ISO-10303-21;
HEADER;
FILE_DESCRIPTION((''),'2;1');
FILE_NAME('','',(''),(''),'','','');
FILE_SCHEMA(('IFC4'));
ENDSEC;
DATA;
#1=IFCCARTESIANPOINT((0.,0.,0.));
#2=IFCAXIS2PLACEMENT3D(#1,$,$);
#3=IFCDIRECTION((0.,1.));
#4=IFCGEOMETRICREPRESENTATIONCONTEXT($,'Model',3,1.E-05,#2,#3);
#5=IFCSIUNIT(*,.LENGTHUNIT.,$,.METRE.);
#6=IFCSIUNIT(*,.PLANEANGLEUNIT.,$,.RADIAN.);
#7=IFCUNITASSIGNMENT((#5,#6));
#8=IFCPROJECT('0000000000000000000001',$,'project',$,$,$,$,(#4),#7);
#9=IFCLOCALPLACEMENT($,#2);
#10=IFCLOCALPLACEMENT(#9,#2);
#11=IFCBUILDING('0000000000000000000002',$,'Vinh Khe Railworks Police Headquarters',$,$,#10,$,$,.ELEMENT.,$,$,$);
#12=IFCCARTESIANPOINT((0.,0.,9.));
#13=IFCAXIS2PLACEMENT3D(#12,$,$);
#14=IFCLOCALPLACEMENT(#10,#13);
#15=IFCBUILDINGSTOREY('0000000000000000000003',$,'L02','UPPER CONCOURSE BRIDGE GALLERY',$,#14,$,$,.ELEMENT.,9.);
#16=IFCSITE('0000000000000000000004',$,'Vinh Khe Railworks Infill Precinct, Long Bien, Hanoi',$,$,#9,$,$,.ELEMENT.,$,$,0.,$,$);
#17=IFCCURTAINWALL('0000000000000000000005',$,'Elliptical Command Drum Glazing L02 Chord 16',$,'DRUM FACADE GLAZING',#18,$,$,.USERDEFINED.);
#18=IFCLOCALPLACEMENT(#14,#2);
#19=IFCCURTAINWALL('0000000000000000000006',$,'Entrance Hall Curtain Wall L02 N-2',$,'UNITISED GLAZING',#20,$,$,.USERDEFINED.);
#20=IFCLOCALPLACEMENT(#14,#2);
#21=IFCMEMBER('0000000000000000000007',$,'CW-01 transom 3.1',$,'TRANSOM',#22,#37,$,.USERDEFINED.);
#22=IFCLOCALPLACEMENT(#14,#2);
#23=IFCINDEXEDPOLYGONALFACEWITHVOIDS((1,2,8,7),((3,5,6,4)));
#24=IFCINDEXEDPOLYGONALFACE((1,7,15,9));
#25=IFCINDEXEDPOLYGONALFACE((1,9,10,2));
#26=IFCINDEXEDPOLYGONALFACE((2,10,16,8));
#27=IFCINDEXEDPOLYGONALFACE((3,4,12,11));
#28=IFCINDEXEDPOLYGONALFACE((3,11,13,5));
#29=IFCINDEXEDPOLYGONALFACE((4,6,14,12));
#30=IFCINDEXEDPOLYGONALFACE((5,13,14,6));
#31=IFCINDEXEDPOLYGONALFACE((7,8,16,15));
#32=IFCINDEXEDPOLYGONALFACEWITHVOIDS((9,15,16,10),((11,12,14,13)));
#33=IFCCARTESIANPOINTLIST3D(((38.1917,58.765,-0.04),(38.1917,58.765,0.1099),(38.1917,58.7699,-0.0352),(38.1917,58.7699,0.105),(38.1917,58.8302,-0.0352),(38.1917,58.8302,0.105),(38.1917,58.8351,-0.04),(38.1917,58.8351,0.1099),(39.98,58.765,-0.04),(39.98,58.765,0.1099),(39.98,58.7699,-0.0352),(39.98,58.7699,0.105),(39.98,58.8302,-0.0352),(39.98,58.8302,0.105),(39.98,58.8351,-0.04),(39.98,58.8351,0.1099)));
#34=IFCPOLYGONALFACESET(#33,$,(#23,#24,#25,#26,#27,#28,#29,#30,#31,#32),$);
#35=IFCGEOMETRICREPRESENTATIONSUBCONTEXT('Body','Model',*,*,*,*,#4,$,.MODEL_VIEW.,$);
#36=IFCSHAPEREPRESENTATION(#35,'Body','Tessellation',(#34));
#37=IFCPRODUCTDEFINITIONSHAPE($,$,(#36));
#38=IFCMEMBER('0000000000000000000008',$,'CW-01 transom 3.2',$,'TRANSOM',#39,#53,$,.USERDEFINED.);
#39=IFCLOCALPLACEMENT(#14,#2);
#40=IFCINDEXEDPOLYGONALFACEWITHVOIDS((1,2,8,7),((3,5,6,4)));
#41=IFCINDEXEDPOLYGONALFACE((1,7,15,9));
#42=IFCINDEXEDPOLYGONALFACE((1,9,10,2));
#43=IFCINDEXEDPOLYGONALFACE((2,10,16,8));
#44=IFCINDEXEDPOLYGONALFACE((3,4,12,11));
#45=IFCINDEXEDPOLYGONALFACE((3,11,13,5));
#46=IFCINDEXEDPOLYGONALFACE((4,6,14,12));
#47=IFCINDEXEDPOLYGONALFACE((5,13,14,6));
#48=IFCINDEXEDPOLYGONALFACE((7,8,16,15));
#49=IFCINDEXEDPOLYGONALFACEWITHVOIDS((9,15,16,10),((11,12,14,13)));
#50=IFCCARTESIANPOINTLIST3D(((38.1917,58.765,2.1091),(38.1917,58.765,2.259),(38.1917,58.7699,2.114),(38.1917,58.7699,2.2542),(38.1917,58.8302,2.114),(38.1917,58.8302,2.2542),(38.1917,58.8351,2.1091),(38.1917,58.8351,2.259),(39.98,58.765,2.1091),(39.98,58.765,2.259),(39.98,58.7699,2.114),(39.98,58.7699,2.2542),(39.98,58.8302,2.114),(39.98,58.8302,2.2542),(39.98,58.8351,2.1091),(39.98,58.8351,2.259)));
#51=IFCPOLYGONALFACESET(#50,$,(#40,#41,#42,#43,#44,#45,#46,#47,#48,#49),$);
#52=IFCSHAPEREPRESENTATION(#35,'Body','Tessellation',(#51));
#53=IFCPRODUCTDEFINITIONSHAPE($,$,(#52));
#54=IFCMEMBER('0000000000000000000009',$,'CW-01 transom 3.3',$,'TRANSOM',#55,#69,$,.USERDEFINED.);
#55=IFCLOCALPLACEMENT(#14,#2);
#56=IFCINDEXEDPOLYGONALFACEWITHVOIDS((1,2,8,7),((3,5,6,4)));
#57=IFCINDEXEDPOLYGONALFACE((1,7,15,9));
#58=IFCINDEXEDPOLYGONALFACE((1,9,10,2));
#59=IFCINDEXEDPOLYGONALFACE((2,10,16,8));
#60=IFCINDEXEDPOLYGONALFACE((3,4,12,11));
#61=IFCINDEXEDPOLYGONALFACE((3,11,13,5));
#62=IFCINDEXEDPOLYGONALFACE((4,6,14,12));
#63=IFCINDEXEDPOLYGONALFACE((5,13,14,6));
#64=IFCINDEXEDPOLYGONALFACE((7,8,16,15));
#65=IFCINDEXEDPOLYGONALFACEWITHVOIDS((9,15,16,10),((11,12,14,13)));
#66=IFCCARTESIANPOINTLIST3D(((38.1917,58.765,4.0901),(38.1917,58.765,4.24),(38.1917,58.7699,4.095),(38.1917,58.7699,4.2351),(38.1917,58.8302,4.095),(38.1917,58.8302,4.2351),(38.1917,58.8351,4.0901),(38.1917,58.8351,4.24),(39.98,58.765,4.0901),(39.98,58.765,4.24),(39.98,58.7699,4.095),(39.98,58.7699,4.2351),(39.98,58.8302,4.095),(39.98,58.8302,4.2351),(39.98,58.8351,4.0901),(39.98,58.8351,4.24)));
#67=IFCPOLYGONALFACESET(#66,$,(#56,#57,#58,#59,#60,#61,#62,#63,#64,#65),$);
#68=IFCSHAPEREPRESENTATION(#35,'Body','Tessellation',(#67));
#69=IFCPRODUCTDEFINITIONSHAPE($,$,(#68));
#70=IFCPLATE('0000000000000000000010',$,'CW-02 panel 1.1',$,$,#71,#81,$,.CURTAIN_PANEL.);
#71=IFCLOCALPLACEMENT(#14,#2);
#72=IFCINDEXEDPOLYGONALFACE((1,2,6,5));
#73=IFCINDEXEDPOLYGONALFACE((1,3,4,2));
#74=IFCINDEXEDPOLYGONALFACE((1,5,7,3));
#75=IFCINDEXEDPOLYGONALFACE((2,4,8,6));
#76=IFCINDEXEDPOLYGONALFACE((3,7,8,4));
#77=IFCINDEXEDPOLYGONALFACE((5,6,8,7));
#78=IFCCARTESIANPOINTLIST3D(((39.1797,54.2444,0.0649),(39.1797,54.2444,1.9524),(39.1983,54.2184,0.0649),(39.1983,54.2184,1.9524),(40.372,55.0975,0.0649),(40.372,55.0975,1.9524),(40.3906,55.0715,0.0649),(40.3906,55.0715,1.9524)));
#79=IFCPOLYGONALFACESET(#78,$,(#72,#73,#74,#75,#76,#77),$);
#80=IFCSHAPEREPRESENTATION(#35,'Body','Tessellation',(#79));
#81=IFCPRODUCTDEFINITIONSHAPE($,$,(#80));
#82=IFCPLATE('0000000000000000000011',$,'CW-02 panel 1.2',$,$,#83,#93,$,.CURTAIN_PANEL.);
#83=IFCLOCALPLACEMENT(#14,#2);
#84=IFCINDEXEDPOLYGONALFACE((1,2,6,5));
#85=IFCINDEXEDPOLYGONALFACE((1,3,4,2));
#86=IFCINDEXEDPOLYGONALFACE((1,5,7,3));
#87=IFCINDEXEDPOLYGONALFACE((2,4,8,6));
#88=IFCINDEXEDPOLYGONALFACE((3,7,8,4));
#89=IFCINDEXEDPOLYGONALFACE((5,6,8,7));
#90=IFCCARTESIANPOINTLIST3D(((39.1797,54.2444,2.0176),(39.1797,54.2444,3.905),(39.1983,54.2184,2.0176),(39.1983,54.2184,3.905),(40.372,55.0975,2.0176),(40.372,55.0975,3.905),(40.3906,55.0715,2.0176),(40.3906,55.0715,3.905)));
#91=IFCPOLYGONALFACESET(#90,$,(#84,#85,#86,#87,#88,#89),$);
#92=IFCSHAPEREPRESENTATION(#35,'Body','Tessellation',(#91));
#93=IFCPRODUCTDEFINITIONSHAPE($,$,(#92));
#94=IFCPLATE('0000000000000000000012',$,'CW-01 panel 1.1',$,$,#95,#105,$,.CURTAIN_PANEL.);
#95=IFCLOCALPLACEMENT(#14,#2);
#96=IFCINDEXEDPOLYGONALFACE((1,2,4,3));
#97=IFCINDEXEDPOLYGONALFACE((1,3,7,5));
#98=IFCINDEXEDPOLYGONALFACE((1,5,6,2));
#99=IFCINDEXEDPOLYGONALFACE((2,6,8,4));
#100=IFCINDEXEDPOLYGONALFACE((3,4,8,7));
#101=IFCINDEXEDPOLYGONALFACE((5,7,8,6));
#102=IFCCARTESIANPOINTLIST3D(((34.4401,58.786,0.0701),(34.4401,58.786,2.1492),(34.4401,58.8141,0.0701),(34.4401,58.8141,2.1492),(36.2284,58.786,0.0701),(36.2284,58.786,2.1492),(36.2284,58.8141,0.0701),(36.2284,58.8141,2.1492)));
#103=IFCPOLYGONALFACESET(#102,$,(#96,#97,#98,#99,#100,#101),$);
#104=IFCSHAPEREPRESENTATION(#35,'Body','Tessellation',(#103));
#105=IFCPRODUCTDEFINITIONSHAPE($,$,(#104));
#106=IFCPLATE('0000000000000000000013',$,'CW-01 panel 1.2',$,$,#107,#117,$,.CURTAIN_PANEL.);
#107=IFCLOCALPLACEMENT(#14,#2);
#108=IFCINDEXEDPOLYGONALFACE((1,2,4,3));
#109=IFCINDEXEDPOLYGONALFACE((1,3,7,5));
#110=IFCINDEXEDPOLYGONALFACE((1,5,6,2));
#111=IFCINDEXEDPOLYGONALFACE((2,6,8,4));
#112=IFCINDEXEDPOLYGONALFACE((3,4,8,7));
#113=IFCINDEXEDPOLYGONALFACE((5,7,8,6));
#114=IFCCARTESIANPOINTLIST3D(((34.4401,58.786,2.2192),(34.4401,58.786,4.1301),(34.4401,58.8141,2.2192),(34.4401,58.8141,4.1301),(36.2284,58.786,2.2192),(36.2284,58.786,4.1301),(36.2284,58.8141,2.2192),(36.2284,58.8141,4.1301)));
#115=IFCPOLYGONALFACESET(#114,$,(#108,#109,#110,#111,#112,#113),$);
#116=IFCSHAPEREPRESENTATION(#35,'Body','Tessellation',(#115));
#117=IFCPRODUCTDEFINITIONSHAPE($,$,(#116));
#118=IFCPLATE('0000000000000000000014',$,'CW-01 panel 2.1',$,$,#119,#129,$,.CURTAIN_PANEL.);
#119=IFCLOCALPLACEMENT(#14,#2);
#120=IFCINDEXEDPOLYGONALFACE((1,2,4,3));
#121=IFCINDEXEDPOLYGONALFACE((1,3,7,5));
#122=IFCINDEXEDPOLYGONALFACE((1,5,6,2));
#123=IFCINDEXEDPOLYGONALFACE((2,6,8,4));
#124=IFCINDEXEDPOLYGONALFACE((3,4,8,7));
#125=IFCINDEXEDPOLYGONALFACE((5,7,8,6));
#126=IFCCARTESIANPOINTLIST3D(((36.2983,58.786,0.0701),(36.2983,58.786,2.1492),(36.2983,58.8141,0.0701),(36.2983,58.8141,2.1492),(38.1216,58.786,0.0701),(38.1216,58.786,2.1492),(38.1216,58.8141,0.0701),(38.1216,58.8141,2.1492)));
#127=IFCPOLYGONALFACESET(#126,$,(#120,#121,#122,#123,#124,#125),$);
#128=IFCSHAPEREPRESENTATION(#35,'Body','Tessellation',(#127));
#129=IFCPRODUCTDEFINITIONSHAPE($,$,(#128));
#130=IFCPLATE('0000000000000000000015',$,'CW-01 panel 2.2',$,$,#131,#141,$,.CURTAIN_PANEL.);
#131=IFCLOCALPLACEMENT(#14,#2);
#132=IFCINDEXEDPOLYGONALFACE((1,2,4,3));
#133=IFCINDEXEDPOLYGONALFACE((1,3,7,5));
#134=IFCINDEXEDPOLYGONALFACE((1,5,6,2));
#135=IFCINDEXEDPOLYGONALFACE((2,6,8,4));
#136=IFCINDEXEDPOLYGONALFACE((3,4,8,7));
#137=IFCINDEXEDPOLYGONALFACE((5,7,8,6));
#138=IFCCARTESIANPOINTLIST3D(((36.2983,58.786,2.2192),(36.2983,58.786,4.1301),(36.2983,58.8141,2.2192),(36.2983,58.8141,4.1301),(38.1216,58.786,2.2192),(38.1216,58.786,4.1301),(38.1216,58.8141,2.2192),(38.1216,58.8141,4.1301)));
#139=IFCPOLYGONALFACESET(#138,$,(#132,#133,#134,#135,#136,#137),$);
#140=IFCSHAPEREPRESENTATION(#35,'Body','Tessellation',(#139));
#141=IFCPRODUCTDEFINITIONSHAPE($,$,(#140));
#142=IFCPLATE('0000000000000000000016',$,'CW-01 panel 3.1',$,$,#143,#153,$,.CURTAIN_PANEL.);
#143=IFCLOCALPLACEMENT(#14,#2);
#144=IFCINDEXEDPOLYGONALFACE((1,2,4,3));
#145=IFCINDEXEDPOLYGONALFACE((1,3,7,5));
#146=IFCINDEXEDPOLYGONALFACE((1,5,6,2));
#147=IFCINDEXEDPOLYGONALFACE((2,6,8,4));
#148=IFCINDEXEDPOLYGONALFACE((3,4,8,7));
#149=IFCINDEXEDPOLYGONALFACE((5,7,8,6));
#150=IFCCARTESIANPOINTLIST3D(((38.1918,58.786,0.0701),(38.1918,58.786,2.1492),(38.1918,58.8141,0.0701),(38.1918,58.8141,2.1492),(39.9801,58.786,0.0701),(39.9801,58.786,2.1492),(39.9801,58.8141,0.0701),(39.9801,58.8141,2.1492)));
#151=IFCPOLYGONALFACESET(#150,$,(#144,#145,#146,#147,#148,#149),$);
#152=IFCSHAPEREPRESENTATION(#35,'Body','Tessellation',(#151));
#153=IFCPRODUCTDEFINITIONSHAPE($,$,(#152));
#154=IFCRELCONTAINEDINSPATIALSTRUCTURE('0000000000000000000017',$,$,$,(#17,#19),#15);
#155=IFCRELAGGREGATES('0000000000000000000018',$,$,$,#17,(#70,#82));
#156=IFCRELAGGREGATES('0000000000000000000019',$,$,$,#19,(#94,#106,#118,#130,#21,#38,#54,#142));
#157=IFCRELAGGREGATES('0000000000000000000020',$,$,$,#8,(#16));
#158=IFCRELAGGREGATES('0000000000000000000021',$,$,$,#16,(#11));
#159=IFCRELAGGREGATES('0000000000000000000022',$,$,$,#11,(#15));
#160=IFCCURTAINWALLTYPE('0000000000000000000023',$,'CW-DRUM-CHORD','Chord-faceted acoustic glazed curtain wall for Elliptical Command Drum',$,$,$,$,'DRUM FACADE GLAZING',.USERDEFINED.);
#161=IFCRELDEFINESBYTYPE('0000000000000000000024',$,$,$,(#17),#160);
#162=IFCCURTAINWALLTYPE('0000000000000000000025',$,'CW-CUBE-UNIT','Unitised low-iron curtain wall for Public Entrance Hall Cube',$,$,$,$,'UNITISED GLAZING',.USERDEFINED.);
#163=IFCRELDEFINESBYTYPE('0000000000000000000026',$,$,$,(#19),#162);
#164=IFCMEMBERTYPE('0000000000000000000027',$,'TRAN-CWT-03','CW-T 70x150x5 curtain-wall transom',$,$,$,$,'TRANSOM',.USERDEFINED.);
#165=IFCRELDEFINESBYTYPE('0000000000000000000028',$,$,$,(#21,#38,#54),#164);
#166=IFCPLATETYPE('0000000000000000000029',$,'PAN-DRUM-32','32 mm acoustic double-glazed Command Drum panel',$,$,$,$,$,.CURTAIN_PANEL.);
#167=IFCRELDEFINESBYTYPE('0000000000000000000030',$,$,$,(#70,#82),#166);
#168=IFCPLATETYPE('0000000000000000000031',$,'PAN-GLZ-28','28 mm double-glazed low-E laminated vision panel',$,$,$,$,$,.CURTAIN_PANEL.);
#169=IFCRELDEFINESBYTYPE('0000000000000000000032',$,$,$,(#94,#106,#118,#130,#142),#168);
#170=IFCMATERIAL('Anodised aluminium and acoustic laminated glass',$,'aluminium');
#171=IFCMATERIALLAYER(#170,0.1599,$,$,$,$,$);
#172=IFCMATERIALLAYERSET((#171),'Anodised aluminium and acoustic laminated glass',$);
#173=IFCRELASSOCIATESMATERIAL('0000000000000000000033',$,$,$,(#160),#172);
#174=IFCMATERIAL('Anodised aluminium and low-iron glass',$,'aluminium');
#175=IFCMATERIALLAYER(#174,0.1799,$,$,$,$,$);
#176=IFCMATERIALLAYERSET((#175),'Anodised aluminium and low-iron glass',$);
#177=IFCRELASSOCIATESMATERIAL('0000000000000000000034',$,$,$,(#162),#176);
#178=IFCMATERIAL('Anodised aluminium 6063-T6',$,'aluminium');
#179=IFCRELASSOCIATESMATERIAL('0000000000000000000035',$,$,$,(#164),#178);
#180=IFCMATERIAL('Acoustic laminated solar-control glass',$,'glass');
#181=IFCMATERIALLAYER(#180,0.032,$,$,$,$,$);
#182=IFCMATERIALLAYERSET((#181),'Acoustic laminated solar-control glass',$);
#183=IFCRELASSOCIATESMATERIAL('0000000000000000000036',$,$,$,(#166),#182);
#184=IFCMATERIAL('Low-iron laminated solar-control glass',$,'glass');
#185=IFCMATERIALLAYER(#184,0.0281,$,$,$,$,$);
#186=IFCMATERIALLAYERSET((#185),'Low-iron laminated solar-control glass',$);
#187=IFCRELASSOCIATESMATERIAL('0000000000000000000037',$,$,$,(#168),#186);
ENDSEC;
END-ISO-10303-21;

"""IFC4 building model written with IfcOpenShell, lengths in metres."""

from ifc_helpers import new_model, si_unit, direction, frame, origin, origin_2d, place, context, subcontext, project, spatial, rectangle, hollow_rectangle, extrude, material, layer, layer_set, material_profile, profile_set, type_object, element, aggregate, save


model = new_model("IFC4")

# Units and contexts
model_context = context("Model", 3, precision=1e-05, world=origin(), true_north=direction((0.0, 1.0)))
body_context = subcontext(model_context, "Body", "Model", "MODEL_VIEW")
ifc_project = project(units=[si_unit("LENGTHUNIT", "METRE"), si_unit("PLANEANGLEUNIT", "RADIAN")], contexts=[model_context])

# Site, building, storey
site_placement = place(None, origin())
site = spatial("IfcSite", under=ifc_project, at=site_placement, Name="Vinh Khe Railworks Infill Precinct, Long Bien, Hanoi", CompositionType="ELEMENT", RefElevation=0.0)
building_placement = place(site_placement, origin())
building = spatial("IfcBuilding", under=site, at=building_placement, Name="Vinh Khe Railworks Police Headquarters", CompositionType="ELEMENT")
storey_placement = place(building_placement, frame((0.0, 0.0, 9.0)))
storey = spatial("IfcBuildingStorey", under=building, at=storey_placement, Name="L02", Description="UPPER CONCOURSE BRIDGE GALLERY", CompositionType="ELEMENT", Elevation=9.0)

# Curtain wall
ifc_material_1 = material(Name="Anodised aluminium and acoustic laminated glass", Category="aluminium")
ifc_layer_1 = layer(ifc_material_1, 0.1599)
ifc_layer_set_1 = layer_set([ifc_layer_1], Name="Anodised aluminium and acoustic laminated glass")
curtain_wall_type_1 = type_object("IfcCurtainWallType", Name="CW-DRUM-CHORD", Description="Chord-faceted acoustic glazed curtain wall for Elliptical Command Drum", ElementType="DRUM FACADE GLAZING", PredefinedType="USERDEFINED", material=ifc_layer_set_1)
curtain_wall_1_placement = place(storey_placement, origin())
curtain_wall_1 = element("IfcCurtainWall", 1, at=curtain_wall_1_placement, inside=storey, type_object=curtain_wall_type_1, Name="Elliptical Command Drum Glazing L02 Chord 16", ObjectType="DRUM FACADE GLAZING", PredefinedType="USERDEFINED")
ifc_material_2 = material(Name="Anodised aluminium 6063-T6", Category="aluminium")

# Curtain wall
ifc_material_3 = material(Name="Anodised aluminium and low-iron glass", Category="aluminium")
ifc_layer_2 = layer(ifc_material_3, 0.1799)
ifc_layer_set_2 = layer_set([ifc_layer_2], Name="Anodised aluminium and low-iron glass")
curtain_wall_type_2 = type_object("IfcCurtainWallType", Name="CW-CUBE-UNIT", Description="Unitised low-iron curtain wall for Public Entrance Hall Cube", ElementType="UNITISED GLAZING", PredefinedType="USERDEFINED", material=ifc_layer_set_2)
curtain_wall_2_placement = place(storey_placement, origin())
curtain_wall_2 = element("IfcCurtainWall", 2, at=curtain_wall_2_placement, inside=storey, type_object=curtain_wall_type_2, Name="Entrance Hall Curtain Wall L02 N-2", ObjectType="UNITISED GLAZING", PredefinedType="USERDEFINED")

# Members
ifc_material_profile_1 = material_profile(ifc_material_2, hollow_rectangle(XDim=0.0701, YDim=0.1499, WallThickness=0.0049, at=origin_2d()), Name="CW-T 70x150x5")
ifc_profile_set_1 = profile_set([ifc_material_profile_1], Name="Anodised aluminium 6063-T6")
member_type_1 = type_object("IfcMemberType", Name="TRAN-CWT-03", Description="CW-T 70x150x5 curtain-wall transom", ElementType="TRANSOM", PredefinedType="USERDEFINED", material=ifc_profile_set_1)
member_1_placement = place(storey_placement, frame((38.1917, 58.8, 0.0349), z_axis=(1.0, 0.0, 0.0), x_axis=(0.0, 1.0, 0.0)))
member_1 = element("IfcMember", 3, at=member_1_placement, type_object=member_type_1, Name="CW-01 transom 3.1", ObjectType="TRANSOM", PredefinedType="USERDEFINED", context=body_context, shape_type="SweptSolid", body=[
    extrude(hollow_rectangle(XDim=0.0701, YDim=0.1499, WallThickness=0.0049, at=origin_2d()), origin(), (0.0, 0.0, 1.0), 1.7883),
])
member_2_placement = place(storey_placement, frame((38.1917, 58.8, 2.1841), z_axis=(1.0, 0.0, 0.0), x_axis=(0.0, 1.0, 0.0)))
member_2 = element("IfcMember", 4, at=member_2_placement, type_object=member_type_1, Name="CW-01 transom 3.2", ObjectType="TRANSOM", PredefinedType="USERDEFINED", context=body_context, shape_type="SweptSolid", body=[
    extrude(hollow_rectangle(XDim=0.0701, YDim=0.1499, WallThickness=0.0049, at=origin_2d()), origin(), (0.0, 0.0, 1.0), 1.7883),
])
member_3_placement = place(storey_placement, frame((38.1917, 58.8, 4.165), z_axis=(1.0, 0.0, 0.0), x_axis=(0.0, 1.0, 0.0)))
member_3 = element("IfcMember", 5, at=member_3_placement, type_object=member_type_1, Name="CW-01 transom 3.3", ObjectType="TRANSOM", PredefinedType="USERDEFINED", context=body_context, shape_type="SweptSolid", body=[
    extrude(hollow_rectangle(XDim=0.0701, YDim=0.1499, WallThickness=0.0049, at=origin_2d()), origin(), (0.0, 0.0, 1.0), 1.7883),
])

# Plates
ifc_material_4 = material(Name="Acoustic laminated solar-control glass", Category="glass")
ifc_layer_3 = layer(ifc_material_4, 0.032)
ifc_layer_set_3 = layer_set([ifc_layer_3], Name="Acoustic laminated solar-control glass")
plate_type_1 = type_object("IfcPlateType", Name="PAN-DRUM-32", Description="32 mm acoustic double-glazed Command Drum panel", PredefinedType="CURTAIN_PANEL", material=ifc_layer_set_3)
plate_1_placement = place(storey_placement, frame((39.7852, 54.658, 0.0649), z_axis=(0.0, 0.0, 1.0), x_axis=(-0.813249, -0.581915, 0.0)))
plate_1 = element("IfcPlate", 6, at=plate_1_placement, type_object=plate_type_1, Name="CW-02 panel 1.1", PredefinedType="CURTAIN_PANEL", context=body_context, shape_type="SweptSolid", body=[
    extrude(rectangle(XDim=1.4661, YDim=0.032, at=origin_2d()), origin(), (0.0, 0.0, 1.0), 1.8875),
])
plate_2_placement = place(storey_placement, frame((39.7852, 54.658, 2.0176), z_axis=(0.0, 0.0, 1.0), x_axis=(-0.813249, -0.581915, 0.0)))
plate_2 = element("IfcPlate", 7, at=plate_2_placement, type_object=plate_type_1, Name="CW-02 panel 1.2", PredefinedType="CURTAIN_PANEL", context=body_context, shape_type="SweptSolid", body=[
    extrude(rectangle(XDim=1.4661, YDim=0.032, at=origin_2d()), origin(), (0.0, 0.0, 1.0), 1.8875),
])
aggregate(curtain_wall_1, [plate_1, plate_2])
ifc_material_5 = material(Name="Low-iron laminated solar-control glass", Category="glass")
ifc_layer_4 = layer(ifc_material_5, 0.0281)
ifc_layer_set_4 = layer_set([ifc_layer_4], Name="Low-iron laminated solar-control glass")
plate_type_2 = type_object("IfcPlateType", Name="PAN-GLZ-28", Description="28 mm double-glazed low-E laminated vision panel", PredefinedType="CURTAIN_PANEL", material=ifc_layer_set_4)
plate_3_placement = place(storey_placement, frame((35.3342, 58.8, 0.0701), z_axis=(0.0, 0.0, 1.0), x_axis=(1.0, 0.0, 0.0)))
plate_3 = element("IfcPlate", 8, at=plate_3_placement, type_object=plate_type_2, Name="CW-01 panel 1.1", PredefinedType="CURTAIN_PANEL", context=body_context, shape_type="SweptSolid", body=[
    extrude(rectangle(XDim=1.7883, YDim=0.0281, at=origin_2d()), origin(), (0.0, 0.0, 1.0), 2.0791),
])
plate_4_placement = place(storey_placement, frame((35.3342, 58.8, 2.2192), z_axis=(0.0, 0.0, 1.0), x_axis=(1.0, 0.0, 0.0)))
plate_4 = element("IfcPlate", 9, at=plate_4_placement, type_object=plate_type_2, Name="CW-01 panel 1.2", PredefinedType="CURTAIN_PANEL", context=body_context, shape_type="SweptSolid", body=[
    extrude(rectangle(XDim=1.7883, YDim=0.0281, at=origin_2d()), origin(), (0.0, 0.0, 1.0), 1.9109),
])
plate_5_placement = place(storey_placement, frame((37.21, 58.8, 0.0701), z_axis=(0.0, 0.0, 1.0), x_axis=(1.0, 0.0, 0.0)))
plate_5 = element("IfcPlate", 10, at=plate_5_placement, type_object=plate_type_2, Name="CW-01 panel 2.1", PredefinedType="CURTAIN_PANEL", context=body_context, shape_type="SweptSolid", body=[
    extrude(rectangle(XDim=1.8232, YDim=0.0281, at=origin_2d()), origin(), (0.0, 0.0, 1.0), 2.0791),
])
plate_6_placement = place(storey_placement, frame((37.21, 58.8, 2.2192), z_axis=(0.0, 0.0, 1.0), x_axis=(1.0, 0.0, 0.0)))
plate_6 = element("IfcPlate", 11, at=plate_6_placement, type_object=plate_type_2, Name="CW-01 panel 2.2", PredefinedType="CURTAIN_PANEL", context=body_context, shape_type="SweptSolid", body=[
    extrude(rectangle(XDim=1.8232, YDim=0.0281, at=origin_2d()), origin(), (0.0, 0.0, 1.0), 1.9109),
])
plate_7_placement = place(storey_placement, frame((39.0859, 58.8, 0.0701), z_axis=(0.0, 0.0, 1.0), x_axis=(1.0, 0.0, 0.0)))
plate_7 = element("IfcPlate", 12, at=plate_7_placement, type_object=plate_type_2, Name="CW-01 panel 3.1", PredefinedType="CURTAIN_PANEL", context=body_context, shape_type="SweptSolid", body=[
    extrude(rectangle(XDim=1.7883, YDim=0.0281, at=origin_2d()), origin(), (0.0, 0.0, 1.0), 2.0791),
])
aggregate(curtain_wall_2, [plate_3, plate_4, plate_5, plate_6, member_1, member_2, member_3, plate_7])

save(model, "model.ifc")
